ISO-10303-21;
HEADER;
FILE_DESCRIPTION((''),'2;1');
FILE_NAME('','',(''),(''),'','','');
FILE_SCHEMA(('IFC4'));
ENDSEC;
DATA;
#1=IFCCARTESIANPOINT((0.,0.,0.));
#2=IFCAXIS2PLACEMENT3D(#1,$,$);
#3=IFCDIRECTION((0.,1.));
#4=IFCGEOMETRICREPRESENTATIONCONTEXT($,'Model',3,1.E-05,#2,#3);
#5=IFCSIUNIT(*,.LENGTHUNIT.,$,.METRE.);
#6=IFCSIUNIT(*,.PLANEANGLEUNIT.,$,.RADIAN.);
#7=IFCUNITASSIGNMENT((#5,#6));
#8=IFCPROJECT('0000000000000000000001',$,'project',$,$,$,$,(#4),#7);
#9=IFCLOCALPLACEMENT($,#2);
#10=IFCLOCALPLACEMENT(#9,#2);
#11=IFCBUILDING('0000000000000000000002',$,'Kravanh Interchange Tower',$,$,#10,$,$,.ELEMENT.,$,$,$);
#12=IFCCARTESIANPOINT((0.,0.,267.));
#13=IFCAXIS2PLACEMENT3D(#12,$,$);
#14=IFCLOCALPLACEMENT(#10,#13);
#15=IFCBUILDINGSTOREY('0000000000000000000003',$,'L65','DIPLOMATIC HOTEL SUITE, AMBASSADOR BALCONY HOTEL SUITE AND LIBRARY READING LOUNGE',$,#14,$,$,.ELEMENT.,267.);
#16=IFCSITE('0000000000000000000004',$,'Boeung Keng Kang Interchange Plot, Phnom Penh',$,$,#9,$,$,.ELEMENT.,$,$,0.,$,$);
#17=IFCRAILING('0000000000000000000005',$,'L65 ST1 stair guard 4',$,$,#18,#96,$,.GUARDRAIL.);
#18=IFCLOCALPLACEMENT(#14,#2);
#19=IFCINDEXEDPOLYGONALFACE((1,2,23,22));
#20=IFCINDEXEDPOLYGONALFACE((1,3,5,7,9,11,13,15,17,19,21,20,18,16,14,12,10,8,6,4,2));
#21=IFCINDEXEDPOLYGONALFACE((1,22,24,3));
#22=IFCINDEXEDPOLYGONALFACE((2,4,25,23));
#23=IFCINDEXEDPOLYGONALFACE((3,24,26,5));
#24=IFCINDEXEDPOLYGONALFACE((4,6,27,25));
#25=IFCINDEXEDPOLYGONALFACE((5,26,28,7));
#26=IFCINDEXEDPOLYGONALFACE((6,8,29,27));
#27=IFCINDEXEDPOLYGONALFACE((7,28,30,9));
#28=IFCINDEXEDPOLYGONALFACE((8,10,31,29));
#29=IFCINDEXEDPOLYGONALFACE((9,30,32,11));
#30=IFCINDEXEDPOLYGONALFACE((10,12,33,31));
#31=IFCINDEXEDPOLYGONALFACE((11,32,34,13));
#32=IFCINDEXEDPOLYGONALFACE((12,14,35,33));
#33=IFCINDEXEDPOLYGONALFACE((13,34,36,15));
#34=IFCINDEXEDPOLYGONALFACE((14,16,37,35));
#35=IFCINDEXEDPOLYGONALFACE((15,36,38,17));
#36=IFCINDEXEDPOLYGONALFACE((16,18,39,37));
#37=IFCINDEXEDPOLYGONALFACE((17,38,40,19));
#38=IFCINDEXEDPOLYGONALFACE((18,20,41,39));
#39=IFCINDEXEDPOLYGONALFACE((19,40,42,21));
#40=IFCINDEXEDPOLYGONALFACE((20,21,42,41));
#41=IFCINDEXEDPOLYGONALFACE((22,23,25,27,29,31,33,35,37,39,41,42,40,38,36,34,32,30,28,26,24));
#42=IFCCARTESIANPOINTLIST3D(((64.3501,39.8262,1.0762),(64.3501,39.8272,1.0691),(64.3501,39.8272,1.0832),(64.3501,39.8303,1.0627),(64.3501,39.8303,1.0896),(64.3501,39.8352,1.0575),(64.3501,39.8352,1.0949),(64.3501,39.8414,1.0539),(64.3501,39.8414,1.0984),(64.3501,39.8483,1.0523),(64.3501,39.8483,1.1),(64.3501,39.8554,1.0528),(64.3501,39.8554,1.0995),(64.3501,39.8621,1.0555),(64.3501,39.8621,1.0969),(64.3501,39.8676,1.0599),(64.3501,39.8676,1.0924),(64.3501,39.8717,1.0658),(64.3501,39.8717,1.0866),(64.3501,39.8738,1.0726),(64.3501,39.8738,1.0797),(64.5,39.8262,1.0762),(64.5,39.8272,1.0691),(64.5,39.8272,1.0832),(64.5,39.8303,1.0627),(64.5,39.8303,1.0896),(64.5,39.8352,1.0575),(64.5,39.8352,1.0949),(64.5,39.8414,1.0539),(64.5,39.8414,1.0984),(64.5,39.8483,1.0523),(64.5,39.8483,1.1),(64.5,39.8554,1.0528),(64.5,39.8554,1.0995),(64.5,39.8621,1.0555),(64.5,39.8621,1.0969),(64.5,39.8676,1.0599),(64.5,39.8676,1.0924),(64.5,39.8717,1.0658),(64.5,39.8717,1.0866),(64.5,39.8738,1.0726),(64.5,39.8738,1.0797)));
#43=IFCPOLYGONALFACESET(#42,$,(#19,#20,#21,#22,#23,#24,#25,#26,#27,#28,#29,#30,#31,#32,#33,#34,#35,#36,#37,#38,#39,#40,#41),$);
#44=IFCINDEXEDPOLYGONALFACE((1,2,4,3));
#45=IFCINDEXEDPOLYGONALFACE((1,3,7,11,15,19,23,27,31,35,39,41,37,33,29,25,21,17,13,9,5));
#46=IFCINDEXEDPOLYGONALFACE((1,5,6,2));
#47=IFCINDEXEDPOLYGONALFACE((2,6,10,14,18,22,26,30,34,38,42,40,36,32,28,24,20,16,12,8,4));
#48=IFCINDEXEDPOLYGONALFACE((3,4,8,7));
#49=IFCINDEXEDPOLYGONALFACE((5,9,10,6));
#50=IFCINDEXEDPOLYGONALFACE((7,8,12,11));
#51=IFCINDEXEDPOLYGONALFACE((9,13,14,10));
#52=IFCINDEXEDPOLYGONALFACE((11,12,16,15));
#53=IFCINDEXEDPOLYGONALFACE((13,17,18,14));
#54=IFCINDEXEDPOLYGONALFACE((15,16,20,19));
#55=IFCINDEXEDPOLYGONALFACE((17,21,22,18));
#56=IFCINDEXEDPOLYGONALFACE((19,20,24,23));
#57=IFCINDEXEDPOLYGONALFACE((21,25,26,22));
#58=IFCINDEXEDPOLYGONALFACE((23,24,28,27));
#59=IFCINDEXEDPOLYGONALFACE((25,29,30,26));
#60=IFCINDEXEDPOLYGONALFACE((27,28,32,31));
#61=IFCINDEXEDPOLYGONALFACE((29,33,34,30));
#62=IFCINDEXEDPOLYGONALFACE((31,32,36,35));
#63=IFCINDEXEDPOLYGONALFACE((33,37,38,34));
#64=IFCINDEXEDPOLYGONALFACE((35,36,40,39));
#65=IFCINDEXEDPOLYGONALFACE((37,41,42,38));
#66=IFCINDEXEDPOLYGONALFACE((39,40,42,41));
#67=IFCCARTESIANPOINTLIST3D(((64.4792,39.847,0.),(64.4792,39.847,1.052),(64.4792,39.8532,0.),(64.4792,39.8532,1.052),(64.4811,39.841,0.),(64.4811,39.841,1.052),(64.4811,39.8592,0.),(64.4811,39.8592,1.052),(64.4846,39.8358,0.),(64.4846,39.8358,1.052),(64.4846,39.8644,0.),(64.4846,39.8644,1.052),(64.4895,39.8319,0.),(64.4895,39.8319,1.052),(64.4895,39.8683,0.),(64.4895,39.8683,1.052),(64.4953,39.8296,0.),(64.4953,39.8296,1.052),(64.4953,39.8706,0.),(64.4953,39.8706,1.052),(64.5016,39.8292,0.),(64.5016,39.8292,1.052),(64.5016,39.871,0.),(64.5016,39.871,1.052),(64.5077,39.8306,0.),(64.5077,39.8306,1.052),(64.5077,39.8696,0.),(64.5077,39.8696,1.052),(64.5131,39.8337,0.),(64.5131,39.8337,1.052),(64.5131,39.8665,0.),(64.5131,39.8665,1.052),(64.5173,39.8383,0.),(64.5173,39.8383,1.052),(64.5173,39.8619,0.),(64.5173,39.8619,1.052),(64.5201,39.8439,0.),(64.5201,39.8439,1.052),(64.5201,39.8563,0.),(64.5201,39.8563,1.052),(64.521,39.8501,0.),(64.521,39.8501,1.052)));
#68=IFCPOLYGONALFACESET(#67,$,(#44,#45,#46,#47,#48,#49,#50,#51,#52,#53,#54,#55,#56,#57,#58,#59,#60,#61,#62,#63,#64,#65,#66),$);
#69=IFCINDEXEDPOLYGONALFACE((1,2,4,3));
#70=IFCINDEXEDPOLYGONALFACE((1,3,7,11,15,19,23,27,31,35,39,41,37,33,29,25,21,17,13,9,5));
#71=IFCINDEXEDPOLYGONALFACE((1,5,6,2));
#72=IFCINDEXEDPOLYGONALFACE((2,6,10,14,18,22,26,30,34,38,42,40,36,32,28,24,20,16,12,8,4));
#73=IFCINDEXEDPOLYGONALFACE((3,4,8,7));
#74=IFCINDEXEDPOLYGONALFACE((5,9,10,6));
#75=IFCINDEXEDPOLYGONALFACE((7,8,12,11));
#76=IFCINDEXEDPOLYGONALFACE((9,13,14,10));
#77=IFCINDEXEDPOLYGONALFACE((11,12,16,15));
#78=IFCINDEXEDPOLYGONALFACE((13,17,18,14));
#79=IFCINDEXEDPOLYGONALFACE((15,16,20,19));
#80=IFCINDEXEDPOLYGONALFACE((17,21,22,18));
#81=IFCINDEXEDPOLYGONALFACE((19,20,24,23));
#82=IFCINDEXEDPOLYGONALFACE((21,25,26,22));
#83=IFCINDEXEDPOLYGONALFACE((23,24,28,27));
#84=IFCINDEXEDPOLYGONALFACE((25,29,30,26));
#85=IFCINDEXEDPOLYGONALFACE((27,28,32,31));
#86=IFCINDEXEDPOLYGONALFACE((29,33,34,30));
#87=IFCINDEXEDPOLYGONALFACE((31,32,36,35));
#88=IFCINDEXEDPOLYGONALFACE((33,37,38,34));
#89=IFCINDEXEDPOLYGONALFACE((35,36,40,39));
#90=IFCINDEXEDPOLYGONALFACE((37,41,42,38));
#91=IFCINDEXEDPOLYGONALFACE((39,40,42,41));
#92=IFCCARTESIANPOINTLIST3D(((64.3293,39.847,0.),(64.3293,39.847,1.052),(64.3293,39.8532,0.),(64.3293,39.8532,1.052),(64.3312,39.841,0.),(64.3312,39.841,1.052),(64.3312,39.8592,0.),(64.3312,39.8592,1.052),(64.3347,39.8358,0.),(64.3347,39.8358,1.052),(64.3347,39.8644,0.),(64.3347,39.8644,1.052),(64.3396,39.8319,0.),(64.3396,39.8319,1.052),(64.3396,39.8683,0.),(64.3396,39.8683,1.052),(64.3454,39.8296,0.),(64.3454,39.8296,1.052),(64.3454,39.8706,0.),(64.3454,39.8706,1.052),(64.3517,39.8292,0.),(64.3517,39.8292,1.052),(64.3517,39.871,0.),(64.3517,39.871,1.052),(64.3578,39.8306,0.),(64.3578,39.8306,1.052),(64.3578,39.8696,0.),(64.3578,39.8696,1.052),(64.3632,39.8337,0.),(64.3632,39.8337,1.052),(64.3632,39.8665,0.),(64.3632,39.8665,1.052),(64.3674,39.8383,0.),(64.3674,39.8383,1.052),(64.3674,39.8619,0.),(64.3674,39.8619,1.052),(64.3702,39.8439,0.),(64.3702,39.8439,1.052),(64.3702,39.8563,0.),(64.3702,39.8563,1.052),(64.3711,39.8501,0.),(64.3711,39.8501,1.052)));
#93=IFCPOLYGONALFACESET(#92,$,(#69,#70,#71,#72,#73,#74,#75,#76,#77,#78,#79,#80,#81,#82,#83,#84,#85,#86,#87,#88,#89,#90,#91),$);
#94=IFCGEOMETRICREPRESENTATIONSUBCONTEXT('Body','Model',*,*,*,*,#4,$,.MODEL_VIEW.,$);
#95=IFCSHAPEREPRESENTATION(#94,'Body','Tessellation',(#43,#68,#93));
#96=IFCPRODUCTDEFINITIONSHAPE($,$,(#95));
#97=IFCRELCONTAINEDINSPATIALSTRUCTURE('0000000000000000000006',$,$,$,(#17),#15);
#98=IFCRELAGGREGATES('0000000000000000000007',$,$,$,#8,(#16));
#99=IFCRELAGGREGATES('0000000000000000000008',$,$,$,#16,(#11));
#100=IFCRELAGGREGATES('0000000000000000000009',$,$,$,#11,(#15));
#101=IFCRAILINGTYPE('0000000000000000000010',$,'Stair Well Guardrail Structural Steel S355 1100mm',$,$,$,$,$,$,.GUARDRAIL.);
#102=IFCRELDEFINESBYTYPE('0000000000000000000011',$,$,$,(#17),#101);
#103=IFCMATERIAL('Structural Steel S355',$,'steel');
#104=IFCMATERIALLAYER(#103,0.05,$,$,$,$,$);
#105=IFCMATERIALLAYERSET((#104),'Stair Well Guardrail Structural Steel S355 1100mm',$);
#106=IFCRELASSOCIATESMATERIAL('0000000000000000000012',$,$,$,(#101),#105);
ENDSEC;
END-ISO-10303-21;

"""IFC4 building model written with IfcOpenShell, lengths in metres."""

from ifc_helpers import new_model, si_unit, direction, frame, origin, origin_2d, place, context, subcontext, project, spatial, circle, extrude, material, layer, layer_set, type_object, element, save


model = new_model("IFC4")

# Units and contexts
model_context = context("Model", 3, precision=1e-05, world=origin(), true_north=direction((0.0, 1.0)))
body_context = subcontext(model_context, "Body", "Model", "MODEL_VIEW")
ifc_project = project(units=[si_unit("LENGTHUNIT", "METRE"), si_unit("PLANEANGLEUNIT", "RADIAN")], contexts=[model_context])

# Site, building, storey
site_placement = place(None, origin())
site = spatial("IfcSite", under=ifc_project, at=site_placement, Name="Boeung Keng Kang Interchange Plot, Phnom Penh", CompositionType="ELEMENT", RefElevation=0.0)
building_placement = place(site_placement, origin())
building = spatial("IfcBuilding", under=site, at=building_placement, Name="Kravanh Interchange Tower", CompositionType="ELEMENT")
storey_placement = place(building_placement, frame((0.0, 0.0, 267.0)))
storey = spatial("IfcBuildingStorey", under=building, at=storey_placement, Name="L65", Description="DIPLOMATIC HOTEL SUITE, AMBASSADOR BALCONY HOTEL SUITE AND LIBRARY READING LOUNGE", CompositionType="ELEMENT", Elevation=267.0)

# Railing
ifc_material_1 = material(Name="Structural Steel S355", Category="steel")
ifc_layer_1 = layer(ifc_material_1, 0.05)
ifc_layer_set_1 = layer_set([ifc_layer_1], Name="Stair Well Guardrail Structural Steel S355 1100mm")
railing_type_1 = type_object("IfcRailingType", Name="Stair Well Guardrail Structural Steel S355 1100mm", PredefinedType="GUARDRAIL", material=ifc_layer_set_1)
railing_1_placement = place(storey_placement, frame((64.5, 39.8501, 0.0)))
element("IfcRailing", 1, at=railing_1_placement, inside=storey, type_object=railing_type_1, Name="L65 ST1 stair guard 4", PredefinedType="GUARDRAIL", context=body_context, shape_type="SweptSolid", body=[
    extrude(circle(Radius=0.0239, at=origin_2d()), frame((0.0, 0.0, 1.0762), z_axis=(-1.0, 0.0, 0.0), x_axis=(0.0, -1.0, 0.0)), (0.0, 0.0, 1.0), 0.1499),
    extrude(circle(Radius=0.021, at=origin_2d()), origin(), (0.0, 0.0, 1.0), 1.052),
    extrude(circle(Radius=0.021, at=origin_2d()), frame((-0.1499, 0.0, 0.0)), (0.0, 0.0, 1.0), 1.052),
])

save(model, "model.ifc")
